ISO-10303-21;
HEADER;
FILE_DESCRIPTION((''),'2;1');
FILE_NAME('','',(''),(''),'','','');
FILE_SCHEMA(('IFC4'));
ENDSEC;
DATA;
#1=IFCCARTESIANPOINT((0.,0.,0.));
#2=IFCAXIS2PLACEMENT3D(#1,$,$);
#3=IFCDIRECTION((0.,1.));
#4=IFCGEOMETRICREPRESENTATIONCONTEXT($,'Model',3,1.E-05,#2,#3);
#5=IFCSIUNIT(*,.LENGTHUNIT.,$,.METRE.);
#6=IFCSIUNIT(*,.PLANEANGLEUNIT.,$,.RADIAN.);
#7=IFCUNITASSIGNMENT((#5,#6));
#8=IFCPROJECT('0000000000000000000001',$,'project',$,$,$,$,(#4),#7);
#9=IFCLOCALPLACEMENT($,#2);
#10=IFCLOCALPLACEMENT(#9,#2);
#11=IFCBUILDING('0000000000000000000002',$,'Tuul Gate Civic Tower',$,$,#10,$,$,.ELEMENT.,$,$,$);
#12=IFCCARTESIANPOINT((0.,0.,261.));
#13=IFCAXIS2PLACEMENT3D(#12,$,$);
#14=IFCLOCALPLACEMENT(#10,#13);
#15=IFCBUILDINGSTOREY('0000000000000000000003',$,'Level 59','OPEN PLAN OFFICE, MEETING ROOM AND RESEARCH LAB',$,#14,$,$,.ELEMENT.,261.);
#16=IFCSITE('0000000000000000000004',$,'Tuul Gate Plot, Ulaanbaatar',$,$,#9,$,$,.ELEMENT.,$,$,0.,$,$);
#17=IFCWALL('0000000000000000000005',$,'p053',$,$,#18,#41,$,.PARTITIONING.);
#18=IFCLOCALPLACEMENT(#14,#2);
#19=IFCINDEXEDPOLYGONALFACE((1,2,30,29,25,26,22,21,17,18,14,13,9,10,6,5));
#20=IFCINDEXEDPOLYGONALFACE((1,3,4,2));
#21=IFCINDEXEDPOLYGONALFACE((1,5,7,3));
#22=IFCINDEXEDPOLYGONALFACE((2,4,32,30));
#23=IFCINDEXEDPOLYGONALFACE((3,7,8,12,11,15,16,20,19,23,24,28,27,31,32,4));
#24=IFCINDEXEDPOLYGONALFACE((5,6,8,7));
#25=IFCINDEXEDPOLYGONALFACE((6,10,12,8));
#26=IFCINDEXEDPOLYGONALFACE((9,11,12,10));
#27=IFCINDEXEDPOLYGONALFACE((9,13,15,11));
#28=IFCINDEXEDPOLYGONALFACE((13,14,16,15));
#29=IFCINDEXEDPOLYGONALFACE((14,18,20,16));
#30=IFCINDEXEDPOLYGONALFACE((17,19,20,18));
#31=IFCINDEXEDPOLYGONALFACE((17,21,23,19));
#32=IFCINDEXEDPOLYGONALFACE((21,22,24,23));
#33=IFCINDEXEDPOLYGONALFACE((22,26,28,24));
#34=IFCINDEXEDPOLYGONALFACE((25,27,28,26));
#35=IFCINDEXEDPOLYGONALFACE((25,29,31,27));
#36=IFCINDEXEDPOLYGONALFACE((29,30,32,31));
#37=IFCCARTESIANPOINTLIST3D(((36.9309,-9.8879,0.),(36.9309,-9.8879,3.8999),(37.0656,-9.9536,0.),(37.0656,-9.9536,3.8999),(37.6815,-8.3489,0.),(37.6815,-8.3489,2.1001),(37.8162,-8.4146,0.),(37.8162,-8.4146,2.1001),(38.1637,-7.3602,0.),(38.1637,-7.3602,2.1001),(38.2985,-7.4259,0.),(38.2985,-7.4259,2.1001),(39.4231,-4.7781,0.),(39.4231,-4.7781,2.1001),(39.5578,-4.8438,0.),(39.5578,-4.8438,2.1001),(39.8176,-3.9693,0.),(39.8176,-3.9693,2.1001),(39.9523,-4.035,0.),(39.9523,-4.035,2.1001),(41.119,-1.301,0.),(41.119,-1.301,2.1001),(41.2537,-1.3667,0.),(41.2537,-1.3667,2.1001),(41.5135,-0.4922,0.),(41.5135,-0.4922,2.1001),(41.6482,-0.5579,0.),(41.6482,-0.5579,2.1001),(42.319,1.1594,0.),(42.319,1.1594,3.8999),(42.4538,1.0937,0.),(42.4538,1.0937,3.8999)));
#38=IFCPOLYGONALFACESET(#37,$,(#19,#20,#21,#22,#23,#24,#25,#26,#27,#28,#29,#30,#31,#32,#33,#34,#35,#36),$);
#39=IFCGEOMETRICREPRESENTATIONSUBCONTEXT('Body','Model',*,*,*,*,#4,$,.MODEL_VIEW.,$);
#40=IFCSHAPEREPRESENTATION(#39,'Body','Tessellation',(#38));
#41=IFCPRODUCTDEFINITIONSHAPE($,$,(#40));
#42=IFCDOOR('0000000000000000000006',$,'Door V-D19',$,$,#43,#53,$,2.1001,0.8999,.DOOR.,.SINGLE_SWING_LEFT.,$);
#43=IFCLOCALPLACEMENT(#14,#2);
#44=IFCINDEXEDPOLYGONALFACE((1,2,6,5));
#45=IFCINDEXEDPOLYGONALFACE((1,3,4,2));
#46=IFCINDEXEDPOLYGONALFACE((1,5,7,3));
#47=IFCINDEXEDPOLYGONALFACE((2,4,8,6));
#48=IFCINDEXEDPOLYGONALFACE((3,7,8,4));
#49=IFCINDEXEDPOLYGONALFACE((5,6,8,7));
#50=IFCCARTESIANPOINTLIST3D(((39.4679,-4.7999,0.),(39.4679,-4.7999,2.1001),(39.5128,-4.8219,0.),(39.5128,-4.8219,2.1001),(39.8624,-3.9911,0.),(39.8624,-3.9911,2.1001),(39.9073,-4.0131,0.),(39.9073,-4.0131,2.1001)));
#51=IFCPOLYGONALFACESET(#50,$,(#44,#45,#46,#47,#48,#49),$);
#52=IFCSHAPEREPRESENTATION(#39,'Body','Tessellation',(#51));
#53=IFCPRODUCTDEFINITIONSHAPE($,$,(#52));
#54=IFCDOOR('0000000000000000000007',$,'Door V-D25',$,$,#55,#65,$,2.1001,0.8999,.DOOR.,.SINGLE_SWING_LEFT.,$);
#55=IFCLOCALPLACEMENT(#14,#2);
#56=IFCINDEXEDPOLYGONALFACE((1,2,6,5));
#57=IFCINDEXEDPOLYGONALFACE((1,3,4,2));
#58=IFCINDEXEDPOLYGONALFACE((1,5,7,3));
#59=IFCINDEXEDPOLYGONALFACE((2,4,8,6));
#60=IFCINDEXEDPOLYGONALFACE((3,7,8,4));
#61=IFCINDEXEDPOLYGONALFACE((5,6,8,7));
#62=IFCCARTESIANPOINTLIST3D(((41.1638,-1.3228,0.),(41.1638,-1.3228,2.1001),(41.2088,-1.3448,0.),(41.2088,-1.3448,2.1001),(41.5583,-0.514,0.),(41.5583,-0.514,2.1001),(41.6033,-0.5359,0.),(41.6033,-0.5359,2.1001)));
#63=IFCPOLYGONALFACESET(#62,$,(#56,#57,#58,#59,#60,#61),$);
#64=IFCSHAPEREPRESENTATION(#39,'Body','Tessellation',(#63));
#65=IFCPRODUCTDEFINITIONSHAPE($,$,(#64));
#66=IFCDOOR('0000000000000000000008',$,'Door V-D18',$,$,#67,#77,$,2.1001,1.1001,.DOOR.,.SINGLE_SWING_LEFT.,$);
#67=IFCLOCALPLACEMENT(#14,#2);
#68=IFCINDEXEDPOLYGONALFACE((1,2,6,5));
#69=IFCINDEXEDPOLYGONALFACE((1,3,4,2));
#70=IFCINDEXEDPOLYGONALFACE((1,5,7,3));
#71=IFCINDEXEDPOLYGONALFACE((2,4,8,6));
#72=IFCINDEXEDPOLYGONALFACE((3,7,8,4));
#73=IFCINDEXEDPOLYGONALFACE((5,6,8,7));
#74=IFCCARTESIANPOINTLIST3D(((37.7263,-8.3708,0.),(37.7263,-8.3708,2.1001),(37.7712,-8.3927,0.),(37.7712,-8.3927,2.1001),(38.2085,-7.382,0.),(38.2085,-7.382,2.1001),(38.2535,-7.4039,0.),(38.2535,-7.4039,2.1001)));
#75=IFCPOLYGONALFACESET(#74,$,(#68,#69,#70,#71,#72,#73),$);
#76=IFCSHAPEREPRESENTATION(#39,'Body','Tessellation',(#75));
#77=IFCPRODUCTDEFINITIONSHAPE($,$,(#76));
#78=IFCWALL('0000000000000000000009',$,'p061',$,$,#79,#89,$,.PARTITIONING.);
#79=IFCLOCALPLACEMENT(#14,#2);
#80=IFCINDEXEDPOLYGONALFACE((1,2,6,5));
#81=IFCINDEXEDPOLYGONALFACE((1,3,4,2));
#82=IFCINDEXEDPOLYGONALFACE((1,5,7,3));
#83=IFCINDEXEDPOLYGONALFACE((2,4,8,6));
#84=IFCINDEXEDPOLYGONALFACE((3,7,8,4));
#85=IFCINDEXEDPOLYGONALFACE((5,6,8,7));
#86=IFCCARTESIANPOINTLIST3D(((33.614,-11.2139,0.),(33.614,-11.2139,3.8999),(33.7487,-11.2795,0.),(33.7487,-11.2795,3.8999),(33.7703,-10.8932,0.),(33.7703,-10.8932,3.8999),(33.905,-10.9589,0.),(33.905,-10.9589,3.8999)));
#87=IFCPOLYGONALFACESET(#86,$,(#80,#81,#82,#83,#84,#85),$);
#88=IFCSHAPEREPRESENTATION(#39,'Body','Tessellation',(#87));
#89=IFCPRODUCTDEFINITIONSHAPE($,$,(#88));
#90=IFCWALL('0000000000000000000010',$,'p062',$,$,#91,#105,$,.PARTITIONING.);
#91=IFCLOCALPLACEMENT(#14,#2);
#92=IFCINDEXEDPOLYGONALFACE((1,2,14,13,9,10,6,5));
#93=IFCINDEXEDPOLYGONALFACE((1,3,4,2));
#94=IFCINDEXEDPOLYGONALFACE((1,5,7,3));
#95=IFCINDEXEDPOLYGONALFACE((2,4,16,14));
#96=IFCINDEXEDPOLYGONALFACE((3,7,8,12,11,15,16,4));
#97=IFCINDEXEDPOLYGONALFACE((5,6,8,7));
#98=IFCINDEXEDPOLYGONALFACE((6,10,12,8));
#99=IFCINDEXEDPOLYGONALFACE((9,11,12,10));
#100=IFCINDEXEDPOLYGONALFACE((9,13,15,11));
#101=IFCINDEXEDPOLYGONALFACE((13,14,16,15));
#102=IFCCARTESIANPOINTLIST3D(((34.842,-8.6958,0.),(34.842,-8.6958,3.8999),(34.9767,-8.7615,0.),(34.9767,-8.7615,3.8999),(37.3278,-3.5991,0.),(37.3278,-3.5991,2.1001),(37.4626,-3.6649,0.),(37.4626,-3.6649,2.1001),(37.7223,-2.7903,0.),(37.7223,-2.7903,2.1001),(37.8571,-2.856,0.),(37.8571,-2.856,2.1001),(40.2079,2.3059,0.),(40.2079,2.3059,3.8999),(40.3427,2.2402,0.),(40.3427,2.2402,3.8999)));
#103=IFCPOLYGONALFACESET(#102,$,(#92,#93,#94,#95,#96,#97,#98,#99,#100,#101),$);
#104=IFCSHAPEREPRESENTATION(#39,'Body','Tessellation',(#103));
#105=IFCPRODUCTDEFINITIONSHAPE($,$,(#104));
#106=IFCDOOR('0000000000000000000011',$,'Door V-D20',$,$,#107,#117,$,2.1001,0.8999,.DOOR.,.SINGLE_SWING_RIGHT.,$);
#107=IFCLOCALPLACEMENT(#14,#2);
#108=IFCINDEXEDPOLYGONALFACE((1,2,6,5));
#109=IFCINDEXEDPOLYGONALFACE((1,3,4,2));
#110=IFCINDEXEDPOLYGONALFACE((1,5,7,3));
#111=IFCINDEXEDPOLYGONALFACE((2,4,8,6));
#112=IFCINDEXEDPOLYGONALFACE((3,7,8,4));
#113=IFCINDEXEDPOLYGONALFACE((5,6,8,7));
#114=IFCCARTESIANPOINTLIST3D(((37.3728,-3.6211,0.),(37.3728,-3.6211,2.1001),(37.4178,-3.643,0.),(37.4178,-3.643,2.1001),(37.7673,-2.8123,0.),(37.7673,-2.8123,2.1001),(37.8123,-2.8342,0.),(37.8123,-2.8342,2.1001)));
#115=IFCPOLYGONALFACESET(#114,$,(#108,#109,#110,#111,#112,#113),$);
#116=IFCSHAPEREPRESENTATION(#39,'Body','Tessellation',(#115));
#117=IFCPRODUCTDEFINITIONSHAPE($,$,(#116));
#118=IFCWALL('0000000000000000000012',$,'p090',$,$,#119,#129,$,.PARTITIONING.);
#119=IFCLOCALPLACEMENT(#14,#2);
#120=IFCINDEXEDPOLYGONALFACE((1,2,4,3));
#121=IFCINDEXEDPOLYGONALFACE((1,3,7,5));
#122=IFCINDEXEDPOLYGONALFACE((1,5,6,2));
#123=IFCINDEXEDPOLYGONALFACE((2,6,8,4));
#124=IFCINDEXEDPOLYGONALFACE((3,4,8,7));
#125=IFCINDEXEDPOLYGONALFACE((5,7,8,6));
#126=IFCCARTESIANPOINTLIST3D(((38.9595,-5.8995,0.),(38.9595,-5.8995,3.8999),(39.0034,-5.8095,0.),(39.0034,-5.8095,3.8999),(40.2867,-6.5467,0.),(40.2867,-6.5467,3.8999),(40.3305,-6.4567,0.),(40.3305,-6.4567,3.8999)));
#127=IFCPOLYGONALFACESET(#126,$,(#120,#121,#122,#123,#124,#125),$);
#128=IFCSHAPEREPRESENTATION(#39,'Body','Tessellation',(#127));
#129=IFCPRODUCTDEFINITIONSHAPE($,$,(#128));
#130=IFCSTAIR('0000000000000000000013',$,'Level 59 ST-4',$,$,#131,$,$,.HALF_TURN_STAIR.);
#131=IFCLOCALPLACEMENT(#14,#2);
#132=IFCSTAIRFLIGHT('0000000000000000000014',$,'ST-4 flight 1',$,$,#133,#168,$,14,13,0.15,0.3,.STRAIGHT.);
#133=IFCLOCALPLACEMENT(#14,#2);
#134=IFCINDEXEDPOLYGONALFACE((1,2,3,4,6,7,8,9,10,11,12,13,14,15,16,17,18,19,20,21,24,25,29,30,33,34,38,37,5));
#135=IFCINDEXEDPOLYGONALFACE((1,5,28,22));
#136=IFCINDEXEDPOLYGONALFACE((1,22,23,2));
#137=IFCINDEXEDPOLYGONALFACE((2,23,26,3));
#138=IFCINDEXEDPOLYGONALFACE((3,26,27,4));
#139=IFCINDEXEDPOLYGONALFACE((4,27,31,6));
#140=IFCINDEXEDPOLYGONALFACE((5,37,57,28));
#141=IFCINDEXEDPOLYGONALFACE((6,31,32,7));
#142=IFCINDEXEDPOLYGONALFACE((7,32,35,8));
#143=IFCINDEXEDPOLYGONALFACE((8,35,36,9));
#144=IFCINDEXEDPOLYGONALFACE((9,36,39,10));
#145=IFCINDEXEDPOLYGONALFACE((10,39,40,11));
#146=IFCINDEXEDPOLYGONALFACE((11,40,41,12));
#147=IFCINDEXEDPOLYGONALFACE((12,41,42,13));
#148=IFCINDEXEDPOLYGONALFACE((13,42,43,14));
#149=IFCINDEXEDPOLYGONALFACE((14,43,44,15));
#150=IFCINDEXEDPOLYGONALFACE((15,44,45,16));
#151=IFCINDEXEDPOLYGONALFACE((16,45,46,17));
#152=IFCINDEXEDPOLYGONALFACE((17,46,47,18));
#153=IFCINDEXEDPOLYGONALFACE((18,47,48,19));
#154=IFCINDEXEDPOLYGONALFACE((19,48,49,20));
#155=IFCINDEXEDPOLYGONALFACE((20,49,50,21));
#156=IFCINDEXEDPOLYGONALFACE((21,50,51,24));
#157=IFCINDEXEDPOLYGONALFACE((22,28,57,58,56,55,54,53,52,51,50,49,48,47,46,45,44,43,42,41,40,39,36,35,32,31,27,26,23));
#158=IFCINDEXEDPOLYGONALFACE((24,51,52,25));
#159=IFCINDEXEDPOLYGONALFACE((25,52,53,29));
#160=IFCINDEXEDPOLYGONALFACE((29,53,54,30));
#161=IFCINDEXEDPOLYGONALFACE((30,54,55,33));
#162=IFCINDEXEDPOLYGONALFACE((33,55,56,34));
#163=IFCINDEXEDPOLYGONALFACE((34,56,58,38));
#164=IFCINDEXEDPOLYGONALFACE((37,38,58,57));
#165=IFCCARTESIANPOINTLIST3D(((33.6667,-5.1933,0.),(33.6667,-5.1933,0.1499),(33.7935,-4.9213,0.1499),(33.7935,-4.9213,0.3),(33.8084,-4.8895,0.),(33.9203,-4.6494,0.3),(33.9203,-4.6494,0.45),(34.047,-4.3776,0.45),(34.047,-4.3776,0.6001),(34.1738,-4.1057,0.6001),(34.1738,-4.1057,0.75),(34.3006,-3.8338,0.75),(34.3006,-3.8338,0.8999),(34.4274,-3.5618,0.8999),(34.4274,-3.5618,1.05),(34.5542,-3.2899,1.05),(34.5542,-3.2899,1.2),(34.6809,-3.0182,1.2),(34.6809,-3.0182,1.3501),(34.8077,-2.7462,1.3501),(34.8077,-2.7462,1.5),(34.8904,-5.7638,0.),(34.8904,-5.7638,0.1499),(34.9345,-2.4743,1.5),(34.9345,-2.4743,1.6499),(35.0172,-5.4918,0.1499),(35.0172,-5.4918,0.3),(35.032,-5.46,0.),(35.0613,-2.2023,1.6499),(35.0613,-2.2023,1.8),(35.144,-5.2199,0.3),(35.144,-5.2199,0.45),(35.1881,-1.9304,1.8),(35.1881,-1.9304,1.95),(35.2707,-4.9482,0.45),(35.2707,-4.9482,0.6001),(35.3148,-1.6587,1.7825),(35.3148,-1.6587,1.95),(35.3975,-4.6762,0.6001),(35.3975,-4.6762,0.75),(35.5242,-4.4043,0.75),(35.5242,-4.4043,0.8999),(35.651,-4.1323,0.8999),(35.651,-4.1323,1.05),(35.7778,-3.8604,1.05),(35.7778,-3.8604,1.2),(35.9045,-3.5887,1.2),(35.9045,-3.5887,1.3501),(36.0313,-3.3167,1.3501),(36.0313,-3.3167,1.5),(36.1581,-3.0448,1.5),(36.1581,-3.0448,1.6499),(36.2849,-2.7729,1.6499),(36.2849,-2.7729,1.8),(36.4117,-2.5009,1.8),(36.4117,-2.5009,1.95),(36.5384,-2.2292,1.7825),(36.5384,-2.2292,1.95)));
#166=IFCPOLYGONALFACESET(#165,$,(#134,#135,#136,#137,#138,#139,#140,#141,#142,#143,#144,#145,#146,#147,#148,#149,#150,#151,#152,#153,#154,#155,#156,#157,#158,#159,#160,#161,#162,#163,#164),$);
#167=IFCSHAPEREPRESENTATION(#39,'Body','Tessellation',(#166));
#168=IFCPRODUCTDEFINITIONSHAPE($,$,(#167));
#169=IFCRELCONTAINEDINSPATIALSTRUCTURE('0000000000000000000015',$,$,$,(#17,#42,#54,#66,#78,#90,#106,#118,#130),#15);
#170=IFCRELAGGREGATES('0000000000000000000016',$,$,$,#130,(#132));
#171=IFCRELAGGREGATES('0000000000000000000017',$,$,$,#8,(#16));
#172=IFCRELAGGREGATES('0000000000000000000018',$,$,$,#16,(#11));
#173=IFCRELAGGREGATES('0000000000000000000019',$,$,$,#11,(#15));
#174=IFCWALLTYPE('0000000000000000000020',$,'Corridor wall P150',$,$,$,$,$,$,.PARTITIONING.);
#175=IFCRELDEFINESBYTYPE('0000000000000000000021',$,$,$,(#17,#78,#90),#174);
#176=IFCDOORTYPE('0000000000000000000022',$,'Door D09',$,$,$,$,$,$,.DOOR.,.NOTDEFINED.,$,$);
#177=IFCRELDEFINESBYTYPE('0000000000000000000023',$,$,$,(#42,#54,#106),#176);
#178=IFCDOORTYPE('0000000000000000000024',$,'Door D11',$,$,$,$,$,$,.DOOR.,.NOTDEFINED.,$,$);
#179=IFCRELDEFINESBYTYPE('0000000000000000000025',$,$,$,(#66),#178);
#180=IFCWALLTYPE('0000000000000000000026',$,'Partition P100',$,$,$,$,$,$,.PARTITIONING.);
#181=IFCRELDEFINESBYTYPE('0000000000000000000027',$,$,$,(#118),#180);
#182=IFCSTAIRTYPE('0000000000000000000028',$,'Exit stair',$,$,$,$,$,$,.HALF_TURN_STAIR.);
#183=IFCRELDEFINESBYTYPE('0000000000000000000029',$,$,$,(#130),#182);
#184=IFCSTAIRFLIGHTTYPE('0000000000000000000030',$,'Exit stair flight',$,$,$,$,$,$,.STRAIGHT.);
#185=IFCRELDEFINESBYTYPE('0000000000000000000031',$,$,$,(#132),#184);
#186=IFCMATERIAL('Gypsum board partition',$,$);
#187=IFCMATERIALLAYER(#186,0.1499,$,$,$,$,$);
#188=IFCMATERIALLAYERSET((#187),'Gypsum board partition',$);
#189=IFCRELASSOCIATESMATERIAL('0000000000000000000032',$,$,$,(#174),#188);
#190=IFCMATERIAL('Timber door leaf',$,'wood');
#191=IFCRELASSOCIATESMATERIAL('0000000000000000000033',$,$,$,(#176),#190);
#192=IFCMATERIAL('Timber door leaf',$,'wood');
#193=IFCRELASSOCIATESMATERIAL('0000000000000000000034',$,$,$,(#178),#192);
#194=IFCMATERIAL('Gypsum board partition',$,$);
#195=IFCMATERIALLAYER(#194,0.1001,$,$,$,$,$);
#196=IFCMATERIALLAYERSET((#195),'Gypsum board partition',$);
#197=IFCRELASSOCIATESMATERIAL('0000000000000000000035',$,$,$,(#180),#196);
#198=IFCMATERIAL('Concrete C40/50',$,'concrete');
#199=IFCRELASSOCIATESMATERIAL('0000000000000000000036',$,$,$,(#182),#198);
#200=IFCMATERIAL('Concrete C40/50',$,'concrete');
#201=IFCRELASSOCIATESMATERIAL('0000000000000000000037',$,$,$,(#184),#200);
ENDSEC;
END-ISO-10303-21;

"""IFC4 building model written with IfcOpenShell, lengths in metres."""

from ifc_helpers import new_model, si_unit, direction, frame, frame_2d, origin, place, context, subcontext, project, spatial, polyline, rectangle, outline, extrude, material, layer, layer_set, type_object, element, fill, aggregate, save


model = new_model("IFC4")

# Units and contexts
model_context = context("Model", 3, precision=1e-05, world=origin(), true_north=direction((0.0, 1.0)))
body_context = subcontext(model_context, "Body", "Model", "MODEL_VIEW")
ifc_project = project(units=[si_unit("LENGTHUNIT", "METRE"), si_unit("PLANEANGLEUNIT", "RADIAN")], contexts=[model_context])

# Site, building, storey
site_placement = place(None, origin())
site = spatial("IfcSite", under=ifc_project, at=site_placement, Name="Tuul Gate Plot, Ulaanbaatar", CompositionType="ELEMENT", RefElevation=0.0)
building_placement = place(site_placement, origin())
building = spatial("IfcBuilding", under=site, at=building_placement, Name="Tuul Gate Civic Tower", CompositionType="ELEMENT")
storey_placement = place(building_placement, frame((0.0, 0.0, 261.0)))
storey = spatial("IfcBuildingStorey", under=building, at=storey_placement, Name="Level 59", Description="OPEN PLAN OFFICE, MEETING ROOM AND RESEARCH LAB", CompositionType="ELEMENT", Elevation=261.0)

# Shared definitions
ifc_material_1 = material(Name="Gypsum board partition")
ifc_layer_1 = layer(ifc_material_1, 0.1499)
ifc_layer_set_1 = layer_set([ifc_layer_1], Name="Gypsum board partition")
wall_type_1 = type_object("IfcWallType", Name="Corridor wall P150", PredefinedType="PARTITIONING", material=ifc_layer_set_1)

# Wall, openings, doors
wall_1_placement = place(storey_placement, frame((36.9983, -9.9207, 0.0), z_axis=(0.0, 0.0, 1.0), x_axis=(0.438373, 0.898793, 0.0)))
wall_1 = element("IfcWall", 1, at=wall_1_placement, inside=storey, type_object=wall_type_1, Name="p053", PredefinedType="PARTITIONING", context=body_context, shape_type="SweptSolid", body=[
    extrude(rectangle(XDim=12.2913, YDim=0.1499, at=frame_2d((6.1455, 0.0))), origin(), (0.0, 0.0, 1.0), 3.8999),
])
opening_1_placement = place(wall_1_placement, frame((1.7122, 0.0, 0.0)))
opening_1 = element("IfcOpeningElement", 2, at=opening_1_placement, cuts=wall_1, PredefinedType="OPENING", context=body_context, shape_type="SweptSolid", body=[
    extrude(rectangle(XDim=1.1001, YDim=2.1001, at=frame_2d((0.55, 1.05))), frame((0.0, 0.085, 0.0), z_axis=(0.0, -1.0, 0.0), x_axis=(1.0, 0.0, 0.0)), (0.0, 0.0, 1.0), 0.1699),
])
opening_2_placement = place(wall_1_placement, frame((5.6851, 0.0, 0.0)))
opening_2 = element("IfcOpeningElement", 3, at=opening_2_placement, cuts=wall_1, PredefinedType="OPENING", context=body_context, shape_type="SweptSolid", body=[
    extrude(rectangle(XDim=0.8999, YDim=2.1001, at=frame_2d((0.45, 1.05))), frame((0.0, 0.085, 0.0), z_axis=(0.0, -1.0, 0.0), x_axis=(1.0, 0.0, 0.0)), (0.0, 0.0, 1.0), 0.1699),
])
opening_3_placement = place(wall_1_placement, frame((9.5537, 0.0, 0.0)))
opening_3 = element("IfcOpeningElement", 4, at=opening_3_placement, cuts=wall_1, PredefinedType="OPENING", context=body_context, shape_type="SweptSolid", body=[
    extrude(rectangle(XDim=0.8999, YDim=2.1001, at=frame_2d((0.45, 1.05))), frame((0.0, 0.085, 0.0), z_axis=(0.0, -1.0, 0.0), x_axis=(1.0, 0.0, 0.0)), (0.0, 0.0, 1.0), 0.1699),
])
ifc_material_2 = material(Name="Timber door leaf", Category="wood")
door_type_1 = type_object("IfcDoorType", Name="Door D09", OperationType="NOTDEFINED", PredefinedType="DOOR", material=ifc_material_2)
door_1_placement = place(opening_2_placement, frame((0.8999, 0.0, 0.0), z_axis=(0.0, 0.0, 1.0), x_axis=(-1.0, 0.0, 0.0)))
door_1 = element("IfcDoor", 5, at=door_1_placement, inside=storey, type_object=door_type_1, Name="Door V-D19", OperationType="SINGLE_SWING_LEFT", OverallHeight=2.1001, OverallWidth=0.8999, PredefinedType="DOOR", context=body_context, shape_type="SweptSolid", body=[
    extrude(rectangle(XDim=0.8999, YDim=2.1001, at=frame_2d((0.45, 1.05))), frame((0.0, 0.0249, 0.0), z_axis=(0.0, -1.0, 0.0), x_axis=(1.0, 0.0, 0.0)), (0.0, 0.0, 1.0), 0.05),
])
fill(opening_2, door_1)
door_2_placement = place(opening_3_placement, frame((0.8999, 0.0, 0.0), z_axis=(0.0, 0.0, 1.0), x_axis=(-1.0, 0.0, 0.0)))
door_2 = element("IfcDoor", 6, at=door_2_placement, inside=storey, type_object=door_type_1, Name="Door V-D25", OperationType="SINGLE_SWING_LEFT", OverallHeight=2.1001, OverallWidth=0.8999, PredefinedType="DOOR", context=body_context, shape_type="SweptSolid", body=[
    extrude(rectangle(XDim=0.8999, YDim=2.1001, at=frame_2d((0.45, 1.05))), frame((0.0, 0.0249, 0.0), z_axis=(0.0, -1.0, 0.0), x_axis=(1.0, 0.0, 0.0)), (0.0, 0.0, 1.0), 0.05),
])
fill(opening_3, door_2)
ifc_material_3 = material(Name="Timber door leaf", Category="wood")
door_type_2 = type_object("IfcDoorType", Name="Door D11", OperationType="NOTDEFINED", PredefinedType="DOOR", material=ifc_material_3)
door_3_placement = place(opening_1_placement, frame((1.1001, 0.0, 0.0), z_axis=(0.0, 0.0, 1.0), x_axis=(-1.0, 0.0, 0.0)))
door_3 = element("IfcDoor", 7, at=door_3_placement, inside=storey, type_object=door_type_2, Name="Door V-D18", OperationType="SINGLE_SWING_LEFT", OverallHeight=2.1001, OverallWidth=1.1001, PredefinedType="DOOR", context=body_context, shape_type="SweptSolid", body=[
    extrude(rectangle(XDim=1.1001, YDim=2.1001, at=frame_2d((0.55, 1.05))), frame((0.0, 0.0249, 0.0), z_axis=(0.0, -1.0, 0.0), x_axis=(1.0, 0.0, 0.0)), (0.0, 0.0, 1.0), 0.05),
])
fill(opening_1, door_3)

# Wall
wall_2_placement = place(storey_placement, frame((33.6814, -11.2466, 0.0), z_axis=(0.0, 0.0, 1.0), x_axis=(0.438154, 0.8989, 0.0)))
element("IfcWall", 8, at=wall_2_placement, inside=storey, type_object=wall_type_1, Name="p061", PredefinedType="PARTITIONING", context=body_context, shape_type="SweptSolid", body=[
    extrude(rectangle(XDim=0.3567, YDim=0.1499, at=frame_2d((0.1782, 0.0))), origin(), (0.0, 0.0, 1.0), 3.8999),
])

# Wall, opening, door
wall_3_placement = place(storey_placement, frame((34.9094, -8.7285, 0.0), z_axis=(0.0, 0.0, 1.0), x_axis=(0.438376, 0.898792, 0.0)))
wall_3 = element("IfcWall", 9, at=wall_3_placement, inside=storey, type_object=wall_type_1, Name="p062", PredefinedType="PARTITIONING", context=body_context, shape_type="SweptSolid", body=[
    extrude(rectangle(XDim=12.2405, YDim=0.1499, at=frame_2d((6.1201, 0.0))), origin(), (0.0, 0.0, 1.0), 3.8999),
])
opening_4_placement = place(wall_3_placement, frame((5.6704, 0.0, 0.0)))
opening_4 = element("IfcOpeningElement", 10, at=opening_4_placement, cuts=wall_3, PredefinedType="OPENING", context=body_context, shape_type="SweptSolid", body=[
    extrude(rectangle(XDim=0.8999, YDim=2.1001, at=frame_2d((0.45, 1.05))), frame((0.0, 0.085, 0.0), z_axis=(0.0, -1.0, 0.0), x_axis=(1.0, 0.0, 0.0)), (0.0, 0.0, 1.0), 0.1699),
])
door_4_placement = place(opening_4_placement, origin())
door_4 = element("IfcDoor", 11, at=door_4_placement, inside=storey, type_object=door_type_1, Name="Door V-D20", OperationType="SINGLE_SWING_RIGHT", OverallHeight=2.1001, OverallWidth=0.8999, PredefinedType="DOOR", context=body_context, shape_type="SweptSolid", body=[
    extrude(rectangle(XDim=0.8999, YDim=2.1001, at=frame_2d((0.45, 1.05))), frame((0.0, 0.0249, 0.0), z_axis=(0.0, -1.0, 0.0), x_axis=(1.0, 0.0, 0.0)), (0.0, 0.0, 1.0), 0.05),
])
fill(opening_4, door_4)

# Wall
ifc_material_4 = material(Name="Gypsum board partition")
ifc_layer_2 = layer(ifc_material_4, 0.1001)
ifc_layer_set_2 = layer_set([ifc_layer_2], Name="Gypsum board partition")
wall_type_2 = type_object("IfcWallType", Name="Partition P100", PredefinedType="PARTITIONING", material=ifc_layer_set_2)
wall_4_placement = place(storey_placement, frame((38.9814, -5.8545, 0.0), z_axis=(0.0, 0.0, 1.0), x_axis=(0.898815, -0.438329, 0.0)))
element("IfcWall", 12, at=wall_4_placement, inside=storey, type_object=wall_type_2, Name="p090", PredefinedType="PARTITIONING", context=body_context, shape_type="SweptSolid", body=[
    extrude(rectangle(XDim=1.4766, YDim=0.1001, at=frame_2d((0.7383, 0.0))), origin(), (0.0, 0.0, 1.0), 3.8999),
])

# Stair, stair flight
ifc_material_5 = material(Name="Concrete C40/50", Category="concrete")
stair_type = type_object("IfcStairType", Name="Exit stair", PredefinedType="HALF_TURN_STAIR", material=ifc_material_5)
stair_placement = place(storey_placement, origin())
stair = element("IfcStair", 13, at=stair_placement, inside=storey, type_object=stair_type, Name="Level 59 ST-4", PredefinedType="HALF_TURN_STAIR")
ifc_material_6 = material(Name="Concrete C40/50", Category="concrete")
stair_flight_type = type_object("IfcStairFlightType", Name="Exit stair flight", PredefinedType="STRAIGHT", material=ifc_material_6)
stair_flight_placement = place(storey_placement, frame((34.2786, -5.4785, 0.0), z_axis=(0.0, 0.0, 1.0), x_axis=(0.422576, 0.906327, 0.0)))
stair_flight = element("IfcStairFlight", 14, at=stair_flight_placement, type_object=stair_flight_type, Name="ST-4 flight 1", NumberOfRisers=14, NumberOfTreads=13, PredefinedType="STRAIGHT", RiserHeight=0.15, TreadLength=0.3, context=body_context, shape_type="SweptSolid", body=[
    extrude(outline(polyline([(0.0, 0.0), (0.0, 0.1499), (0.3, 0.1499), (0.3, 0.3), (0.6001, 0.3), (0.6001, 0.45), (0.8999, 0.45), (0.8999, 0.6001), (1.2, 0.6001), (1.2, 0.75), (1.5, 0.75), (1.5, 0.8999), (1.8, 0.8999), (1.8, 1.05), (2.1001, 1.05), (2.1001, 1.2), (2.3999, 1.2), (2.3999, 1.3501), (2.7, 1.3501), (2.7, 1.5), (3.0, 1.5), (3.0, 1.6499), (3.3, 1.6499), (3.3, 1.8), (3.6001, 1.8), (3.6001, 1.95), (3.8999, 1.95), (3.8999, 2.1001), (3.8999, 1.7825), (0.3352, 0.0), (0.0, 0.0)])), frame((0.0, 0.675, 0.0), z_axis=(0.0, -1.0, 0.0), x_axis=(1.0, 0.0, 0.0)), (0.0, 0.0, 1.0), 1.3501),
])
aggregate(stair, [stair_flight])

save(model, "model.ifc")
